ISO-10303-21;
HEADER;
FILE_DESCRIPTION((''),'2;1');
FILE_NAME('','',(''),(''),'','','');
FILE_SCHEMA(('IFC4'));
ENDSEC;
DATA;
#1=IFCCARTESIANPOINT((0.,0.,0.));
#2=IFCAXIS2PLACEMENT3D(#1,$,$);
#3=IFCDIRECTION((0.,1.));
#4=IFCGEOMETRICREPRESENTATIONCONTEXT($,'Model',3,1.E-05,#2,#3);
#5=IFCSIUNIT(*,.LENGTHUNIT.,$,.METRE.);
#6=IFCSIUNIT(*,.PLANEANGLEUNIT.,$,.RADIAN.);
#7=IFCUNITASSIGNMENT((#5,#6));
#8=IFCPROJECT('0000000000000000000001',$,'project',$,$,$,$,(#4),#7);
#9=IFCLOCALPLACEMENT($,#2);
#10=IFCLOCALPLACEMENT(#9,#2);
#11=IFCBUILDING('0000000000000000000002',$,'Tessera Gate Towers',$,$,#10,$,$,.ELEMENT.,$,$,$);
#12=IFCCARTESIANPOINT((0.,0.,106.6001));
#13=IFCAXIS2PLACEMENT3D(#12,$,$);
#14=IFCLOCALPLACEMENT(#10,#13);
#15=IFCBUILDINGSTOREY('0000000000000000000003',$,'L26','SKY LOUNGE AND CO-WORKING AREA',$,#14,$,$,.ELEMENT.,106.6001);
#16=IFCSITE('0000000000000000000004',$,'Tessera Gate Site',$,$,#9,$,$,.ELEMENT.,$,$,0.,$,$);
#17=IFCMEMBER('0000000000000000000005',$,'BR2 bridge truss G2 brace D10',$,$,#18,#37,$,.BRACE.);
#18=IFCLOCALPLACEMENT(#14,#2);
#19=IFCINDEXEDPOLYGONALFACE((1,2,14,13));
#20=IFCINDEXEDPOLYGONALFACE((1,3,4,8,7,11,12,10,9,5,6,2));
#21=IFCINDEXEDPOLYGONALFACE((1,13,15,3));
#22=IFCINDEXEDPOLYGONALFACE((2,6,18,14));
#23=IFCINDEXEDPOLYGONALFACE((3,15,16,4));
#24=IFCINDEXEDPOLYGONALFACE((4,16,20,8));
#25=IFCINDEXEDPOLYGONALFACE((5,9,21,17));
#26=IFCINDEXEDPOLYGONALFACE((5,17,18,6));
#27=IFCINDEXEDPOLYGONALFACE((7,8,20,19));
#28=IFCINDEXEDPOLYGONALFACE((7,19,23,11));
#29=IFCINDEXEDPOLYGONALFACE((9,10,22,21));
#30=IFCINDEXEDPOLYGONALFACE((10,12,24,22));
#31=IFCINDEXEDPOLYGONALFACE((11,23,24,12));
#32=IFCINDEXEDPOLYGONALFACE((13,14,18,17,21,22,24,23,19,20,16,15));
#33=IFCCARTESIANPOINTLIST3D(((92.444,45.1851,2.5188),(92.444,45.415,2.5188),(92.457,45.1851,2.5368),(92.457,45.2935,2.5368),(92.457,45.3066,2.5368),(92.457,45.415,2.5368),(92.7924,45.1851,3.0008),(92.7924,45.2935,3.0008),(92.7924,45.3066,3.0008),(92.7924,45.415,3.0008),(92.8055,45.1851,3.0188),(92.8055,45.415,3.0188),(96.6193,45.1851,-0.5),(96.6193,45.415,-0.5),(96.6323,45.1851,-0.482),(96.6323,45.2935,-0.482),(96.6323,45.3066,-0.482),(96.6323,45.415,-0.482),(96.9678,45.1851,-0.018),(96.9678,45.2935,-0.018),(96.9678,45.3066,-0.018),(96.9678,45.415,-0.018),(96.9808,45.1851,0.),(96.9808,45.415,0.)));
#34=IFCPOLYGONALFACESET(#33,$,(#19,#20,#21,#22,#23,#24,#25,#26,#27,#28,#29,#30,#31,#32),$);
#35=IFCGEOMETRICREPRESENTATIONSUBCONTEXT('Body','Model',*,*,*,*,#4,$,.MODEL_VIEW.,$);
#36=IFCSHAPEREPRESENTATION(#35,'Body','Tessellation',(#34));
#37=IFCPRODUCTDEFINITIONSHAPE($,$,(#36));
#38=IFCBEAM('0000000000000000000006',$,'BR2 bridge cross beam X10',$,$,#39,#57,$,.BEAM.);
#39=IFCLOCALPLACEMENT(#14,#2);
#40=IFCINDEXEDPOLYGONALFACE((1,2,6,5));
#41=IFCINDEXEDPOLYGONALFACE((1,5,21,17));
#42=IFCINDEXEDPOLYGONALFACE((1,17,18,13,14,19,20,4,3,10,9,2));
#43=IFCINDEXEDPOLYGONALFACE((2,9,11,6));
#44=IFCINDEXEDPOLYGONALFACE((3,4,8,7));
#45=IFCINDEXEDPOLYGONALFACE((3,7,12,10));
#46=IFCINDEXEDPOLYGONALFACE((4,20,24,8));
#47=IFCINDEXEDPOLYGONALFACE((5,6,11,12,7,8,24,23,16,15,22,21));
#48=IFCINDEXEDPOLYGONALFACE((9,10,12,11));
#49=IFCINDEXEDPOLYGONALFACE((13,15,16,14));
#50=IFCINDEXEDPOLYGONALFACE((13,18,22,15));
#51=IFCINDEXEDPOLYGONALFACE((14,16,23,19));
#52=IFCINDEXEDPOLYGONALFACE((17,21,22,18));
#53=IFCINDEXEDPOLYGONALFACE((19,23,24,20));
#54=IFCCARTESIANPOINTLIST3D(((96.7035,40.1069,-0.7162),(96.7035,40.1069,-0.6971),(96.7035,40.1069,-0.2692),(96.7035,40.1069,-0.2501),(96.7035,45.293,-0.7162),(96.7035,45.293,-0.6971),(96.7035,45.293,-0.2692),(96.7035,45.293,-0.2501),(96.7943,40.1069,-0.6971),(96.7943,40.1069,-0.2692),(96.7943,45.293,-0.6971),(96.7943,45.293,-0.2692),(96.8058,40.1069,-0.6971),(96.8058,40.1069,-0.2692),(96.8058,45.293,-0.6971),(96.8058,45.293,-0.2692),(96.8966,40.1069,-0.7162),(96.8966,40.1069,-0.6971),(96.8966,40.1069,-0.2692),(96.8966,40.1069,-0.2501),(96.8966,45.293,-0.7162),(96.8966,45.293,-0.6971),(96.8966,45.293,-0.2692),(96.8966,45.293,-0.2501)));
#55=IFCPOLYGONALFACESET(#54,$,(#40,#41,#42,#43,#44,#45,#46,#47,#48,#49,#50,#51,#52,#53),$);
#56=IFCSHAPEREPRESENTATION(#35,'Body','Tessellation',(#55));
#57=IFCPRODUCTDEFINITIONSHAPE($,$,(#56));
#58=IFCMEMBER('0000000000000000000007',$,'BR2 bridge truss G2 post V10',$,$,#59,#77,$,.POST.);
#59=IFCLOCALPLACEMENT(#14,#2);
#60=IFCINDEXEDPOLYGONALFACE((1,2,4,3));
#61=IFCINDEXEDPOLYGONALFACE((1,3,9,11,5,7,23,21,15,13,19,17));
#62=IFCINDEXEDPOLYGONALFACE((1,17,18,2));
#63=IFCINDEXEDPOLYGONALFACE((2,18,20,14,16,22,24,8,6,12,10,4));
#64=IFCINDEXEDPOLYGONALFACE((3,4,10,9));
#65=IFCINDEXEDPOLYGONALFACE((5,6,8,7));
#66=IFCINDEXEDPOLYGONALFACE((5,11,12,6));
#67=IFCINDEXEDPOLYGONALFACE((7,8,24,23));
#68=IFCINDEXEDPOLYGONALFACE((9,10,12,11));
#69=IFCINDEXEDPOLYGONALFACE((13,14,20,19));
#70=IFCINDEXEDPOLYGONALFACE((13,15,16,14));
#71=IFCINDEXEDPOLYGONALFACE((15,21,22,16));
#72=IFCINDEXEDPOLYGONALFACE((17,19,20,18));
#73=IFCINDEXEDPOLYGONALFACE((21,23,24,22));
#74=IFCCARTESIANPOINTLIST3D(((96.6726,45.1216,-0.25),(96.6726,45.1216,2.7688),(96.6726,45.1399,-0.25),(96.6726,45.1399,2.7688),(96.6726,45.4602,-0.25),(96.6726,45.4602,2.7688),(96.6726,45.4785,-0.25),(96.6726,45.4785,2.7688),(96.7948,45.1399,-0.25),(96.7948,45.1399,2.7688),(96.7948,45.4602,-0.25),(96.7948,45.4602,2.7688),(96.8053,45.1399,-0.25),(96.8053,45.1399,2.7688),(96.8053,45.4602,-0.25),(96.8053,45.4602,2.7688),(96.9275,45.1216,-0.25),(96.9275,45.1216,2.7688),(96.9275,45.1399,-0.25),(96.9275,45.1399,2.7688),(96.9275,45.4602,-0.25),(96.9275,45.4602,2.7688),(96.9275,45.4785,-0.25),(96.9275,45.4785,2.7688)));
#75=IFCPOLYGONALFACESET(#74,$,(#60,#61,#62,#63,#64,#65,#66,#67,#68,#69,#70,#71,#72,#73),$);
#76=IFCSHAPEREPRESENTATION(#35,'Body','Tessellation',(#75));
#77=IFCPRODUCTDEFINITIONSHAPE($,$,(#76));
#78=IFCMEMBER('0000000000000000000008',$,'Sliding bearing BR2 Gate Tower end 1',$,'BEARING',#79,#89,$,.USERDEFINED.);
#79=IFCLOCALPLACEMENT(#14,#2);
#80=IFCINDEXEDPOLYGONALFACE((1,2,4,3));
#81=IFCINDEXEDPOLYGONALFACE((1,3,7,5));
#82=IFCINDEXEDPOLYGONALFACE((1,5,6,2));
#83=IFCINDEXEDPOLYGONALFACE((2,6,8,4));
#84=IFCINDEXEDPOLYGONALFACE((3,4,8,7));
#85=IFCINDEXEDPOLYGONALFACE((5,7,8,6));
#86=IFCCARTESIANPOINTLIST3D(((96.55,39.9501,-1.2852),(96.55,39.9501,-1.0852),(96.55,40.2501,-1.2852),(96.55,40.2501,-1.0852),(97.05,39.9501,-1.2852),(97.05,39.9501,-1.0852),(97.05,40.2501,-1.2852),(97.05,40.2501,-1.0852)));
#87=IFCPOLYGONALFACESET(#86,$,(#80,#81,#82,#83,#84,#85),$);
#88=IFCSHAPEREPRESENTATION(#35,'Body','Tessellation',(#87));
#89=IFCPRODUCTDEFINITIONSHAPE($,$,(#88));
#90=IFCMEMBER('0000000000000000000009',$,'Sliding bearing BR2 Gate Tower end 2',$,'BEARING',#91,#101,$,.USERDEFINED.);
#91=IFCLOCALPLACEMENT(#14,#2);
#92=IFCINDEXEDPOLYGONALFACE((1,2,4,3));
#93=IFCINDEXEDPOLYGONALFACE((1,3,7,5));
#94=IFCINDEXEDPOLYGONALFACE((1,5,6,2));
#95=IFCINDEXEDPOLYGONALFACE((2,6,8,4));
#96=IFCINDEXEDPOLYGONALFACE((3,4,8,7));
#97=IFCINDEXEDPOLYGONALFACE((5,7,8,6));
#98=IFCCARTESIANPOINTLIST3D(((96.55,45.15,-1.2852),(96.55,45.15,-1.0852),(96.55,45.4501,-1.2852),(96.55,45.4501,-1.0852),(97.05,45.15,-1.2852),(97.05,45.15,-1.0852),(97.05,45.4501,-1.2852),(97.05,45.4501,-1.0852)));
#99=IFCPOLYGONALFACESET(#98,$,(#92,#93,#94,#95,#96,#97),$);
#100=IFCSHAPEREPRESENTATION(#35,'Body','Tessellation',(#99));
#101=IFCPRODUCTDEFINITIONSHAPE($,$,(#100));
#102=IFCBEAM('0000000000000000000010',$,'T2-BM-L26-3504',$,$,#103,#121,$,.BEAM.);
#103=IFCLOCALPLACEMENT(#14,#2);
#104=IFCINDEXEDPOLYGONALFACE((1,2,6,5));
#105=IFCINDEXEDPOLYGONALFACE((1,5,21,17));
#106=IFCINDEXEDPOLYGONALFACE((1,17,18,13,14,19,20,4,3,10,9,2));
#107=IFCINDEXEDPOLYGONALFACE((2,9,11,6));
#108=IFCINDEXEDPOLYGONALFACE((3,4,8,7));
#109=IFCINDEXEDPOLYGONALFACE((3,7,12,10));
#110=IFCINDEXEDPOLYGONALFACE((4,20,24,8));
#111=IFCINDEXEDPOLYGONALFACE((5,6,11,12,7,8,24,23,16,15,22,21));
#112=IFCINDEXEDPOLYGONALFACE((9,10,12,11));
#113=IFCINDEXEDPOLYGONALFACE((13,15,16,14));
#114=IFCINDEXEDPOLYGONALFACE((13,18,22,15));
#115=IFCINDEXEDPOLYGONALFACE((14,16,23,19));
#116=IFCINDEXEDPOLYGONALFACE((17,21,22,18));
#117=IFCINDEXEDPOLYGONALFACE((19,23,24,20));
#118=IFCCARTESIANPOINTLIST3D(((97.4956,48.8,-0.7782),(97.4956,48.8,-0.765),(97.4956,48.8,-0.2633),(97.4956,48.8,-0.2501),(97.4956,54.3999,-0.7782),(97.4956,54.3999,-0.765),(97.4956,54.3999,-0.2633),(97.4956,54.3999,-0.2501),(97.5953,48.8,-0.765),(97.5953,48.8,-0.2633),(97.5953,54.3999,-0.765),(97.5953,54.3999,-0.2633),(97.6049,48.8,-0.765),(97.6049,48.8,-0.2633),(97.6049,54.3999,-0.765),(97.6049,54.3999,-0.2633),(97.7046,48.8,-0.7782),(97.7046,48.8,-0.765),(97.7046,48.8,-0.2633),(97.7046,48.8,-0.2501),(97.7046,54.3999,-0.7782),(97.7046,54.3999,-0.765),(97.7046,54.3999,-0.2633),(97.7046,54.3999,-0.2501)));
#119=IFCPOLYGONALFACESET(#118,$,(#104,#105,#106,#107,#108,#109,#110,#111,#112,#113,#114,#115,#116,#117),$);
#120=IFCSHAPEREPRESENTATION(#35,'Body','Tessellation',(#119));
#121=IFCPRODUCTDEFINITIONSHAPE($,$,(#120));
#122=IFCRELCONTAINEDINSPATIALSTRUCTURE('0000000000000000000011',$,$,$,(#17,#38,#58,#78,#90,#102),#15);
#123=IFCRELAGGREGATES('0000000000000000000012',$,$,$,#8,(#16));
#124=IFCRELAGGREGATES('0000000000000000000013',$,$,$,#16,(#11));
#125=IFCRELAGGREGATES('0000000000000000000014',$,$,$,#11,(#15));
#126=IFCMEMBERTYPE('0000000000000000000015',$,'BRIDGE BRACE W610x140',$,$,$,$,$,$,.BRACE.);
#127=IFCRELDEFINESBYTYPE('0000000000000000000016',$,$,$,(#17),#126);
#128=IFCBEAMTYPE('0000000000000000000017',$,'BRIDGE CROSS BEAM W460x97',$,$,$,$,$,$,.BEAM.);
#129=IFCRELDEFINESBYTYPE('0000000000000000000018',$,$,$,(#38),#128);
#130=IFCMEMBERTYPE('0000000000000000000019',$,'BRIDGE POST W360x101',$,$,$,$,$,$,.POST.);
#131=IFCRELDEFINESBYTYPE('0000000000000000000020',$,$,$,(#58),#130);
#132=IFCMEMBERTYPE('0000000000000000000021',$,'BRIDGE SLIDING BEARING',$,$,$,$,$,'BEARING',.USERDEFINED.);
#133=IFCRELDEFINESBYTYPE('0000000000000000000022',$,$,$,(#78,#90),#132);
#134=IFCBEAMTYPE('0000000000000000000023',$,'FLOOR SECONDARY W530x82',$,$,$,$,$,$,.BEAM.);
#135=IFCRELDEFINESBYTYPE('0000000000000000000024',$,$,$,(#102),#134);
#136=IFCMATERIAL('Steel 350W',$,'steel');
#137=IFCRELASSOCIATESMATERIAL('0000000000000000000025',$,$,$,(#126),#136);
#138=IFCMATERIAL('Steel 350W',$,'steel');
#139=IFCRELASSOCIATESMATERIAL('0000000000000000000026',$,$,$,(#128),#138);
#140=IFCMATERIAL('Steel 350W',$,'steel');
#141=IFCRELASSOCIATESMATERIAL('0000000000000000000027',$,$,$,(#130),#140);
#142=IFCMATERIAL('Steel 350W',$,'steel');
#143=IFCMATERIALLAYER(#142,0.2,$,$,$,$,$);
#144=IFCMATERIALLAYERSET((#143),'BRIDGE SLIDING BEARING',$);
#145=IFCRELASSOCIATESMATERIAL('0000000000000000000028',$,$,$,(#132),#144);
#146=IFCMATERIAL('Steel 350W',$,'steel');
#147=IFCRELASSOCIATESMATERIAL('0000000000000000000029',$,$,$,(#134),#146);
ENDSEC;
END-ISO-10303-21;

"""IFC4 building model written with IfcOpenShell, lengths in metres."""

from ifc_helpers import new_model, si_unit, direction, frame, origin, origin_2d, place, context, subcontext, project, spatial, rectangle, i_section, extrude, material, layer, layer_set, material_profile, profile_set, type_object, element, save


model = new_model("IFC4")

# Units and contexts
model_context = context("Model", 3, precision=1e-05, world=origin(), true_north=direction((0.0, 1.0)))
body_context = subcontext(model_context, "Body", "Model", "MODEL_VIEW")
ifc_project = project(units=[si_unit("LENGTHUNIT", "METRE"), si_unit("PLANEANGLEUNIT", "RADIAN")], contexts=[model_context])

# Site, building, storey
site_placement = place(None, origin())
site = spatial("IfcSite", under=ifc_project, at=site_placement, Name="Tessera Gate Site", CompositionType="ELEMENT", RefElevation=0.0)
building_placement = place(site_placement, origin())
building = spatial("IfcBuilding", under=site, at=building_placement, Name="Tessera Gate Towers", CompositionType="ELEMENT")
storey_placement = place(building_placement, frame((0.0, 0.0, 106.6001)))
storey = spatial("IfcBuildingStorey", under=building, at=storey_placement, Name="L26", Description="SKY LOUNGE AND CO-WORKING AREA", CompositionType="ELEMENT", Elevation=106.6001)

# Member
ifc_material_1 = material(Name="Steel 350W", Category="steel")
ifc_material_profile_1 = material_profile(ifc_material_1, i_section(OverallWidth=0.23, OverallDepth=0.6169, WebThickness=0.0132, FlangeThickness=0.0222, at=origin_2d()), Name="W610x140")
ifc_profile_set_1 = profile_set([ifc_material_profile_1], Name="Steel 350W")
member_type_1 = type_object("IfcMemberType", Name="BRIDGE BRACE W610x140", PredefinedType="BRACE", material=ifc_profile_set_1)
member_1_placement = place(storey_placement, frame((96.8, 45.3, -0.25), z_axis=(-0.810374, 0.0, 0.585913), x_axis=(0.0, -1.0, 0.0)))
element("IfcMember", 1, at=member_1_placement, inside=storey, type_object=member_type_1, Name="BR2 bridge truss G2 brace D10", PredefinedType="BRACE", context=body_context, shape_type="SweptSolid", body=[
    extrude(i_section(OverallWidth=0.23, OverallDepth=0.6169, WebThickness=0.0132, FlangeThickness=0.0222, at=origin_2d()), origin(), (0.0, 0.0, 1.0), 5.1523),
])

# Beam
ifc_material_2 = material(Name="Steel 350W", Category="steel")
ifc_material_profile_2 = material_profile(ifc_material_2, i_section(OverallWidth=0.1931, OverallDepth=0.4661, WebThickness=0.0115, FlangeThickness=0.019, at=origin_2d()), Name="W460x97")
ifc_profile_set_2 = profile_set([ifc_material_profile_2], Name="Steel 350W")
beam_type_1 = type_object("IfcBeamType", Name="BRIDGE CROSS BEAM W460x97", PredefinedType="BEAM", material=ifc_profile_set_2)
beam_1_placement = place(storey_placement, frame((96.8, 40.1069, -0.4832), z_axis=(0.0, 1.0, 0.0), x_axis=(-1.0, 0.0, 0.0)))
element("IfcBeam", 2, at=beam_1_placement, inside=storey, type_object=beam_type_1, Name="BR2 bridge cross beam X10", PredefinedType="BEAM", context=body_context, shape_type="SweptSolid", body=[
    extrude(i_section(OverallWidth=0.1931, OverallDepth=0.4661, WebThickness=0.0115, FlangeThickness=0.019, at=origin_2d()), origin(), (0.0, 0.0, 1.0), 5.186),
])

# Members
ifc_material_3 = material(Name="Steel 350W", Category="steel")
ifc_material_profile_3 = material_profile(ifc_material_3, i_section(OverallWidth=0.2549, OverallDepth=0.3569, WebThickness=0.0105, FlangeThickness=0.0183, at=origin_2d()), Name="W360x101")
ifc_profile_set_3 = profile_set([ifc_material_profile_3], Name="Steel 350W")
member_type_2 = type_object("IfcMemberType", Name="BRIDGE POST W360x101", PredefinedType="POST", material=ifc_profile_set_3)
member_2_placement = place(storey_placement, frame((96.8, 45.3, -0.25), z_axis=(0.0, 0.0, 1.0), x_axis=(1.0, 0.0, 0.0)))
element("IfcMember", 3, at=member_2_placement, inside=storey, type_object=member_type_2, Name="BR2 bridge truss G2 post V10", PredefinedType="POST", context=body_context, shape_type="SweptSolid", body=[
    extrude(i_section(OverallWidth=0.2549, OverallDepth=0.3569, WebThickness=0.0105, FlangeThickness=0.0183, at=origin_2d()), origin(), (0.0, 0.0, 1.0), 3.0188),
])
ifc_material_4 = material(Name="Steel 350W", Category="steel")
ifc_layer_1 = layer(ifc_material_4, 0.2)
ifc_layer_set_1 = layer_set([ifc_layer_1], Name="BRIDGE SLIDING BEARING")
member_type_3 = type_object("IfcMemberType", Name="BRIDGE SLIDING BEARING", ElementType="BEARING", PredefinedType="USERDEFINED", material=ifc_layer_set_1)
for number, where, z_axis, x_axis, name in (
    (4, (96.8, 40.1001, -1.2852), (0.0, 0.0, 1.0), (1.0, 0.0, 0.0), "Sliding bearing BR2 Gate Tower end 1"),
    (5, (96.8, 45.3, -1.2852), (0.0, 0.0, 1.0), (1.0, 0.0, 0.0), "Sliding bearing BR2 Gate Tower end 2"),
):
    element("IfcMember", number, at=place(storey_placement, frame(where, z_axis=z_axis, x_axis=x_axis)), inside=storey, type_object=member_type_3, Name=name, ObjectType="BEARING", PredefinedType="USERDEFINED", context=body_context, shape_type="SweptSolid", body=[
        extrude(rectangle(XDim=0.5, YDim=0.3, at=origin_2d()), origin(), (0.0, 0.0, 1.0), 0.2),
    ])

# Beam
ifc_material_5 = material(Name="Steel 350W", Category="steel")
ifc_material_profile_4 = material_profile(ifc_material_5, i_section(OverallWidth=0.209, OverallDepth=0.5281, WebThickness=0.0095, FlangeThickness=0.0132, at=origin_2d()), Name="W530x82")
ifc_profile_set_4 = profile_set([ifc_material_profile_4], Name="Steel 350W")
beam_type_2 = type_object("IfcBeamType", Name="FLOOR SECONDARY W530x82", PredefinedType="BEAM", material=ifc_profile_set_4)
beam_2_placement = place(storey_placement, frame((97.6001, 48.8, -0.5142), z_axis=(0.0, 1.0, 0.0), x_axis=(-1.0, 0.0, 0.0)))
element("IfcBeam", 6, at=beam_2_placement, inside=storey, type_object=beam_type_2, Name="T2-BM-L26-3504", PredefinedType="BEAM", context=body_context, shape_type="SweptSolid", body=[
    extrude(i_section(OverallWidth=0.209, OverallDepth=0.5281, WebThickness=0.0095, FlangeThickness=0.0132, at=origin_2d()), origin(), (0.0, 0.0, 1.0), 5.5999),
])

save(model, "model.ifc")
